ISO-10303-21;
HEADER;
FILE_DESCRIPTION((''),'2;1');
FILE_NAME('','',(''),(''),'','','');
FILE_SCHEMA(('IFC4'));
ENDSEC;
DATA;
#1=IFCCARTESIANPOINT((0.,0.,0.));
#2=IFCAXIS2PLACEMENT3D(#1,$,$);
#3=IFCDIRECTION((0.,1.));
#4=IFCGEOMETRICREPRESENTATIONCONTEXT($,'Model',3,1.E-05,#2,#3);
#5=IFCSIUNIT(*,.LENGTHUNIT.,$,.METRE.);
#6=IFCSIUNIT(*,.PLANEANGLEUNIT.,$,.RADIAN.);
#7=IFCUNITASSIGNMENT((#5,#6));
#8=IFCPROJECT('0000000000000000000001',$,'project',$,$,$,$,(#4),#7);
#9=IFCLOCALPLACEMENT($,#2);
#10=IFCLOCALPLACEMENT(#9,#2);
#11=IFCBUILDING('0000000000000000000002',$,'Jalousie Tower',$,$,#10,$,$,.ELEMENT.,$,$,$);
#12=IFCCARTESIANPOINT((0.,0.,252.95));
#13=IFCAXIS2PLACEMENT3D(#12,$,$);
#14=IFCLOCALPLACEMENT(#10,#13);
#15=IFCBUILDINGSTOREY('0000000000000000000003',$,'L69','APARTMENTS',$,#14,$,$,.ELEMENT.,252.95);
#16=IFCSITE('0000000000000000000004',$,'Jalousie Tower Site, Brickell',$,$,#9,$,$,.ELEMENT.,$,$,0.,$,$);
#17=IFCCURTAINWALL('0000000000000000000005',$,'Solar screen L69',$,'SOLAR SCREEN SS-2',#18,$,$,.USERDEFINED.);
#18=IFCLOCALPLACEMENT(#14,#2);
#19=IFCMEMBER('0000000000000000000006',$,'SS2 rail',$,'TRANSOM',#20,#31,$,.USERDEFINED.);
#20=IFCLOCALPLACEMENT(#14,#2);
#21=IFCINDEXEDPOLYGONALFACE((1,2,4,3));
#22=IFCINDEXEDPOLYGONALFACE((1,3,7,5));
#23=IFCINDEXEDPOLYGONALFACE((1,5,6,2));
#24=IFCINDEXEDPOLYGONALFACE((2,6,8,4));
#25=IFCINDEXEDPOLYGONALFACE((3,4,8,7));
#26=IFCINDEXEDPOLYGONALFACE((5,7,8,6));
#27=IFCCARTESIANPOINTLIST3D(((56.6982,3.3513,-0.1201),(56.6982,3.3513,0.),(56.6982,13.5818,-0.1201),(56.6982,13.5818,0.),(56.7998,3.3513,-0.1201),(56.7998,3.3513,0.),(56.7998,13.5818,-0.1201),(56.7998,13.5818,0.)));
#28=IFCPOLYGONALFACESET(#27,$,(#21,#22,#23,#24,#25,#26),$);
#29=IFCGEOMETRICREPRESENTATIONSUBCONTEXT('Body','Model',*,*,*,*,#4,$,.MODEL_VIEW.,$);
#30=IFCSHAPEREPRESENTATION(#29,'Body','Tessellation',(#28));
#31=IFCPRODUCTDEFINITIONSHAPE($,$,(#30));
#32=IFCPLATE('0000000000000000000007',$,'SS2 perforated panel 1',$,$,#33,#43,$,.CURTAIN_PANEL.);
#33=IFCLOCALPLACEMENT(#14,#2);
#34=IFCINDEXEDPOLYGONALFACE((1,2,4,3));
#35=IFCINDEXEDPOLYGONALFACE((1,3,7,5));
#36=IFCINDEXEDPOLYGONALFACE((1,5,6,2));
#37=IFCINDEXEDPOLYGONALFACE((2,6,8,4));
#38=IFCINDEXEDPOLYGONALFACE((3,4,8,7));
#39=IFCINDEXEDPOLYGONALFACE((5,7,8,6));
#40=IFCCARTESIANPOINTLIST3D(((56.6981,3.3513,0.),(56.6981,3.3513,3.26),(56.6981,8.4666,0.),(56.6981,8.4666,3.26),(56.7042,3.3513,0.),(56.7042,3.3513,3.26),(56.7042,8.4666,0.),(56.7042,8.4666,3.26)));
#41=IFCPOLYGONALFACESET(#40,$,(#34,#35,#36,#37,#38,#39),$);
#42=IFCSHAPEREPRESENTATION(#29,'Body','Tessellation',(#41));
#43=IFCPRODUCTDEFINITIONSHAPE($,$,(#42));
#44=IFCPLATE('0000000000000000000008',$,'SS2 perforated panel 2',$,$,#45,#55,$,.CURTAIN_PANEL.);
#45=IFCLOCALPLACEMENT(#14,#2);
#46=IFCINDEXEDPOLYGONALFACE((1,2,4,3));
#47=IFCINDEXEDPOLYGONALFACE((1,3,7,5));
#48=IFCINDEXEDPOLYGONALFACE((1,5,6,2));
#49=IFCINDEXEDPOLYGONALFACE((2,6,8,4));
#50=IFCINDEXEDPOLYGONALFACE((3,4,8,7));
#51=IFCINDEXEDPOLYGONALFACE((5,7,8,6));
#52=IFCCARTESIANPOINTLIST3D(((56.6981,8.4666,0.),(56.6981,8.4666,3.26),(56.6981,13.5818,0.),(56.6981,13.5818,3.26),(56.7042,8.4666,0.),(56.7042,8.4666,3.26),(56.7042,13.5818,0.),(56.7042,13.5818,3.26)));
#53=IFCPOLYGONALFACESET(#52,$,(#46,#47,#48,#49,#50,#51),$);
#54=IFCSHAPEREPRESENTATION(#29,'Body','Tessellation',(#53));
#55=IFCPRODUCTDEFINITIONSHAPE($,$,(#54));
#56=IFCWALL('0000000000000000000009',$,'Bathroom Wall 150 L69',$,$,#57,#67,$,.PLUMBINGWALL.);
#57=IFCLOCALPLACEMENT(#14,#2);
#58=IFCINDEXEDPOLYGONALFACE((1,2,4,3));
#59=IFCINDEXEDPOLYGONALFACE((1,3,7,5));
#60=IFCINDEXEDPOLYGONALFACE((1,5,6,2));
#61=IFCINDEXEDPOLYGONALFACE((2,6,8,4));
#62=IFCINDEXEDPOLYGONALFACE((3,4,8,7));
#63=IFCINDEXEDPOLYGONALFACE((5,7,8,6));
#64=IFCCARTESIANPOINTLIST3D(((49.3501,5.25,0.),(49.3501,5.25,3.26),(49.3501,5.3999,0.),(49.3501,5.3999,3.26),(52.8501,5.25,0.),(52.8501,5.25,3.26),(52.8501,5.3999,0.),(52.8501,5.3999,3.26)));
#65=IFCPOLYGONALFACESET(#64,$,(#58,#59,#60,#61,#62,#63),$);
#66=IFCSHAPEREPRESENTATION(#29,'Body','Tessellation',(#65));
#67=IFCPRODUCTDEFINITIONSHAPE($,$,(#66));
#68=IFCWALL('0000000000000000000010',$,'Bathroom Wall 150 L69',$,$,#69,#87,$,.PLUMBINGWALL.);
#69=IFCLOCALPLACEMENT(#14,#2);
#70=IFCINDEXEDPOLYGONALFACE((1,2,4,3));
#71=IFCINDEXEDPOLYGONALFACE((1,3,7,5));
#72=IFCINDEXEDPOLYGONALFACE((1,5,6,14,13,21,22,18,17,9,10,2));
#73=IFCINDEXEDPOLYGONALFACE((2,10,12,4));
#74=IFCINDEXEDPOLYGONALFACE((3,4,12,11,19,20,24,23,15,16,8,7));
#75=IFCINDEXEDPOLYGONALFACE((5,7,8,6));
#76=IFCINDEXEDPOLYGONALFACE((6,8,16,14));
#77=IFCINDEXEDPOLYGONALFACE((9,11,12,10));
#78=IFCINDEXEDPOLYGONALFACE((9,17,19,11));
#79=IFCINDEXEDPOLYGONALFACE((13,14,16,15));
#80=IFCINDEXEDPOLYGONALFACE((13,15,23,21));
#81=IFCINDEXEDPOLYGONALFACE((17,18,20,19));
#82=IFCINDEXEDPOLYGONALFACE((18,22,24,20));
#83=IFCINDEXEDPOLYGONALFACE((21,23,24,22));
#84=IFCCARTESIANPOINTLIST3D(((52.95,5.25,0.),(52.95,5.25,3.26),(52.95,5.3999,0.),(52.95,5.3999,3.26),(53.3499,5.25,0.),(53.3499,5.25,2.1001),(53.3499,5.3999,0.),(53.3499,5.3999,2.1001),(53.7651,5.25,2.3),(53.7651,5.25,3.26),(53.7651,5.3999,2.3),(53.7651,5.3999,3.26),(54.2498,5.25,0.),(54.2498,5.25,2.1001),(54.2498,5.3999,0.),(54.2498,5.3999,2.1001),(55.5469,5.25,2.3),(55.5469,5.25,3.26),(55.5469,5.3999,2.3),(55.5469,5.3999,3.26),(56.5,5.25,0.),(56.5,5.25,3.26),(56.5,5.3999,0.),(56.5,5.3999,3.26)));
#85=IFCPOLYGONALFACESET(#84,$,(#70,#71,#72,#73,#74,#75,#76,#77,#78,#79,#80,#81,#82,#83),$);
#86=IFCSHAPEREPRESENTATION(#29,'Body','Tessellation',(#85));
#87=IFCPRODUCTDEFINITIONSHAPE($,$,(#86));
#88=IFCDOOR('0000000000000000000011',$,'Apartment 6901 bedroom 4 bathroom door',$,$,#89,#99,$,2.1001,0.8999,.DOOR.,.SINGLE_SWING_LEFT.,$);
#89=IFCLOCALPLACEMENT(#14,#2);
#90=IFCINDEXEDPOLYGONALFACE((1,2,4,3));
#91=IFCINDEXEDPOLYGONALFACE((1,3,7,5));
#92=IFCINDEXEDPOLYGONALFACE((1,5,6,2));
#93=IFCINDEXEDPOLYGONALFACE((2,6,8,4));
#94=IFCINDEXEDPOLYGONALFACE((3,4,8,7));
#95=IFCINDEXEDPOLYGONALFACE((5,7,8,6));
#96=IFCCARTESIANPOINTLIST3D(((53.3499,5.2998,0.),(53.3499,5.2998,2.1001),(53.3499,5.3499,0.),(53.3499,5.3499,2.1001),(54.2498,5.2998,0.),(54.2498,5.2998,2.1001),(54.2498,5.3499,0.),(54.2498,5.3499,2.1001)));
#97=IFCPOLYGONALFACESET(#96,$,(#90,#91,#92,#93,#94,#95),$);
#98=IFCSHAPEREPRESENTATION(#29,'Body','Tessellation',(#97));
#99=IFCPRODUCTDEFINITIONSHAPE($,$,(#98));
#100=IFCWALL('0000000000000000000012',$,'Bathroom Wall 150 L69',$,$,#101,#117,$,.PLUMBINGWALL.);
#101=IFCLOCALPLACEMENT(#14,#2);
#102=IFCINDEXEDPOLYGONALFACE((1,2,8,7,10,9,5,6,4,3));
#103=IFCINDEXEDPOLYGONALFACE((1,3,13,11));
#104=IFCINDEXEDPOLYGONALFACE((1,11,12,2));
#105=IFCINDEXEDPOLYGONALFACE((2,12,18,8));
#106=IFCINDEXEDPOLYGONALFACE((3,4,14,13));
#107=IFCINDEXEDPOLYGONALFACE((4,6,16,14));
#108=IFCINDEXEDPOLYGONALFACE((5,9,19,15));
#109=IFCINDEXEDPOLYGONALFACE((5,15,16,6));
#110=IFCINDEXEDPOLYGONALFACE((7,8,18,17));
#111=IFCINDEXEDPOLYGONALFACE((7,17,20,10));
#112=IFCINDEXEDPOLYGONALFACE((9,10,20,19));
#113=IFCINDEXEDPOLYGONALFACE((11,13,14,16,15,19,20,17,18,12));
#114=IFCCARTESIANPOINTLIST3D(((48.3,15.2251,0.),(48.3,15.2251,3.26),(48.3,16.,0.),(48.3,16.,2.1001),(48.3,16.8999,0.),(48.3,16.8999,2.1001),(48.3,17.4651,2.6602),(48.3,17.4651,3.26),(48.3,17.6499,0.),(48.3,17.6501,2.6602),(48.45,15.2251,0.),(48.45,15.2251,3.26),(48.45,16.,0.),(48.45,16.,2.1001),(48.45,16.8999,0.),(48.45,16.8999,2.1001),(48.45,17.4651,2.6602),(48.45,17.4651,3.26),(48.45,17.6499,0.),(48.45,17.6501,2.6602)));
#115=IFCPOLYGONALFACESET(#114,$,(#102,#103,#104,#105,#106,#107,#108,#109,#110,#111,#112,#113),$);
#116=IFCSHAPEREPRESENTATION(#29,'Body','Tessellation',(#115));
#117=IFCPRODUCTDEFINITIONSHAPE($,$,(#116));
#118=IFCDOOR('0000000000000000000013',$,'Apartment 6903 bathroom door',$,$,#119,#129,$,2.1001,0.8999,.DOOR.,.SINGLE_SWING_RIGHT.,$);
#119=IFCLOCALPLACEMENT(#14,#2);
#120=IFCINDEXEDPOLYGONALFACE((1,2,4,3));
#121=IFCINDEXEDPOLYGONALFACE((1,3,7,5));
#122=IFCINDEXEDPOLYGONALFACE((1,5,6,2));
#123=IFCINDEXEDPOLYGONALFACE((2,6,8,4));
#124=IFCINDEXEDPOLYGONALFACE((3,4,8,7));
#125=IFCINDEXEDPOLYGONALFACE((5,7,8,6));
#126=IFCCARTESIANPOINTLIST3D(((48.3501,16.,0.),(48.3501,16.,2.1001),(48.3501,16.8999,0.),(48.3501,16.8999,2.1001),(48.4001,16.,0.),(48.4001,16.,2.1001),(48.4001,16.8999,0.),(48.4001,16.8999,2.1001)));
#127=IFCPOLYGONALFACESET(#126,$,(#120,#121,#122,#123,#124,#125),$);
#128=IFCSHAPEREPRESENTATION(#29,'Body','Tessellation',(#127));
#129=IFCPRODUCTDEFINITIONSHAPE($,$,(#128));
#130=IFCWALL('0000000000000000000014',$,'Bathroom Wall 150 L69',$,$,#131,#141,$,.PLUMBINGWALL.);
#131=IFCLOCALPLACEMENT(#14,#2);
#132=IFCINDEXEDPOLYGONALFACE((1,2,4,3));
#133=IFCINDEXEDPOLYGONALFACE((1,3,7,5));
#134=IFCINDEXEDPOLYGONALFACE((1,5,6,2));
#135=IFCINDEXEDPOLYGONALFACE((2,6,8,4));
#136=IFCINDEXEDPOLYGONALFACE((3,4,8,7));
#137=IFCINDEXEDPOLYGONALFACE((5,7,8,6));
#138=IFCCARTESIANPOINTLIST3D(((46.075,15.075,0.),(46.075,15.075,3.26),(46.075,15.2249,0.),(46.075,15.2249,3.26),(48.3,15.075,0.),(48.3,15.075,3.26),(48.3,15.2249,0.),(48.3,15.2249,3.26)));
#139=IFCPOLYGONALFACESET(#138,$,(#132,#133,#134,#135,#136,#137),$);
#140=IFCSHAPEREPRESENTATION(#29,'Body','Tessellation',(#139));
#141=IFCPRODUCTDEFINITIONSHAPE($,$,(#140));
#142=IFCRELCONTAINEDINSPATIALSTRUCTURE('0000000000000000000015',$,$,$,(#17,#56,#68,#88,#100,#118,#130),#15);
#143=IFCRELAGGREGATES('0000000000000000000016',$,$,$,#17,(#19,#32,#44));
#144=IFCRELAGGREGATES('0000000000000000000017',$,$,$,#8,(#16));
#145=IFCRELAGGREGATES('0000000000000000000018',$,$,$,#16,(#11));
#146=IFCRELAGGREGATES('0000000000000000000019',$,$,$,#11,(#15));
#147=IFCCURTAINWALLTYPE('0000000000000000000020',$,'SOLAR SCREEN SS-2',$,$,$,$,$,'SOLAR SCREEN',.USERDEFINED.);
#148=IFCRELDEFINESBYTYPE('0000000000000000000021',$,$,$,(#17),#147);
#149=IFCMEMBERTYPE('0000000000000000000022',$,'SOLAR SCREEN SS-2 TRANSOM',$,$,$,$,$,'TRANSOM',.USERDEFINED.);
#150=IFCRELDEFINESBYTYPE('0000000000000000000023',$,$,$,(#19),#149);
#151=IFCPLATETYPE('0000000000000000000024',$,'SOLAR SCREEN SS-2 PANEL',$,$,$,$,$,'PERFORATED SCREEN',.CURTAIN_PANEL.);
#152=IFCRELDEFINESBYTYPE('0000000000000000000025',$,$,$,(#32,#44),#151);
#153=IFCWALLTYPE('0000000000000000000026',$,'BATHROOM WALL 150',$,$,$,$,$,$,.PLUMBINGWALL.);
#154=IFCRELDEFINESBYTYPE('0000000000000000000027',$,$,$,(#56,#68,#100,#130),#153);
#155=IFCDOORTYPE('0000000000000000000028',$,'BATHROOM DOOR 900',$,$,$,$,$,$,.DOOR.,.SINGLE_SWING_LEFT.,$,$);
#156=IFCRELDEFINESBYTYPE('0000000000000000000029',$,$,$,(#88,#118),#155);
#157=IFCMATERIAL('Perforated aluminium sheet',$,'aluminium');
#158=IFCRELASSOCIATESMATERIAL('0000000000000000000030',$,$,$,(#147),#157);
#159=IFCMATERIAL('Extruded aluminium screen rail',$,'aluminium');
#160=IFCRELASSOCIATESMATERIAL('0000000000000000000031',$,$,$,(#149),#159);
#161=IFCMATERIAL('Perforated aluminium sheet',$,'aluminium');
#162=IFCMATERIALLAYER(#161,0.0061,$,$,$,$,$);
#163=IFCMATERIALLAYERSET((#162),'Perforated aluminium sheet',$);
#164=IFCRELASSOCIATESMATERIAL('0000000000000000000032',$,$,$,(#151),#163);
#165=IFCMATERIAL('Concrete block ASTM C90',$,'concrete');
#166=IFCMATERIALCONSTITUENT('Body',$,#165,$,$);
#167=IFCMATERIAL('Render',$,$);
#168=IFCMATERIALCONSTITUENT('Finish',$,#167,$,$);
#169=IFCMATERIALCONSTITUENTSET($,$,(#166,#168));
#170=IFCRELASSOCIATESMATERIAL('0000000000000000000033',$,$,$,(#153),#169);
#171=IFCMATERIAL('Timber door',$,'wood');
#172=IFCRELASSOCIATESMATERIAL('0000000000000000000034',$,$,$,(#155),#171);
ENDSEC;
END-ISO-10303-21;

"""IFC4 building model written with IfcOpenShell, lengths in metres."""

from ifc_helpers import new_model, si_unit, direction, frame, frame_2d, origin, origin_2d, place, context, subcontext, project, spatial, polyline, rectangle, outline, extrude, material, layer, layer_set, constituent, constituent_set, material_profile, profile_set, type_object, element, fill, aggregate, save


model = new_model("IFC4")

# Units and contexts
model_context = context("Model", 3, precision=1e-05, world=origin(), true_north=direction((0.0, 1.0)))
body_context = subcontext(model_context, "Body", "Model", "MODEL_VIEW")
ifc_project = project(units=[si_unit("LENGTHUNIT", "METRE"), si_unit("PLANEANGLEUNIT", "RADIAN")], contexts=[model_context])

# Site, building, storey
site_placement = place(None, origin())
site = spatial("IfcSite", under=ifc_project, at=site_placement, Name="Jalousie Tower Site, Brickell", CompositionType="ELEMENT", RefElevation=0.0)
building_placement = place(site_placement, origin())
building = spatial("IfcBuilding", under=site, at=building_placement, Name="Jalousie Tower", CompositionType="ELEMENT")
storey_placement = place(building_placement, frame((0.0, 0.0, 252.95)))
storey = spatial("IfcBuildingStorey", under=building, at=storey_placement, Name="L69", Description="APARTMENTS", CompositionType="ELEMENT", Elevation=252.95)

# Curtain wall, member, plates
ifc_material_1 = material(Name="Perforated aluminium sheet", Category="aluminium")
curtain_wall_type_1 = type_object("IfcCurtainWallType", Name="SOLAR SCREEN SS-2", ElementType="SOLAR SCREEN", PredefinedType="USERDEFINED", material=ifc_material_1)
curtain_wall_1_placement = place(storey_placement, origin())
curtain_wall_1 = element("IfcCurtainWall", 1, at=curtain_wall_1_placement, inside=storey, type_object=curtain_wall_type_1, Name="Solar screen L69", ObjectType="SOLAR SCREEN SS-2", PredefinedType="USERDEFINED")
ifc_material_2 = material(Name="Extruded aluminium screen rail", Category="aluminium")
ifc_material_profile_1 = material_profile(ifc_material_2, rectangle(XDim=0.1016, YDim=0.1201, at=origin_2d()), Name="RAIL 102x120")
ifc_profile_set_1 = profile_set([ifc_material_profile_1], Name="Extruded aluminium screen rail")
member_type_1 = type_object("IfcMemberType", Name="SOLAR SCREEN SS-2 TRANSOM", ElementType="TRANSOM", PredefinedType="USERDEFINED", material=ifc_profile_set_1)
member_1_placement = place(storey_placement, frame((56.749, 3.3513, -0.0601), z_axis=(0.0, 1.0, 0.0), x_axis=(-1.0, 0.0, 0.0)))
member_1 = element("IfcMember", 2, at=member_1_placement, type_object=member_type_1, Name="SS2 rail", ObjectType="TRANSOM", PredefinedType="USERDEFINED", context=body_context, shape_type="SweptSolid", body=[
    extrude(rectangle(XDim=0.1016, YDim=0.1201, at=origin_2d()), origin(), (0.0, 0.0, 1.0), 10.2305),
])
ifc_material_3 = material(Name="Perforated aluminium sheet", Category="aluminium")
ifc_layer = layer(ifc_material_3, 0.0061)
ifc_layer_set = layer_set([ifc_layer], Name="Perforated aluminium sheet")
plate_type = type_object("IfcPlateType", Name="SOLAR SCREEN SS-2 PANEL", ElementType="PERFORATED SCREEN", PredefinedType="CURTAIN_PANEL", material=ifc_layer_set)
plate_1_placement = place(storey_placement, frame((56.7012, 5.9089, 0.0), z_axis=(0.0, 0.0, 1.0), x_axis=(0.0, 1.0, 0.0)))
plate_1 = element("IfcPlate", 3, at=plate_1_placement, type_object=plate_type, Name="SS2 perforated panel 1", PredefinedType="CURTAIN_PANEL", context=body_context, shape_type="SweptSolid", body=[
    extrude(rectangle(XDim=5.1152, YDim=0.0061, at=origin_2d()), origin(), (0.0, 0.0, 1.0), 3.26),
])
plate_2_placement = place(storey_placement, frame((56.7012, 11.0242, 0.0), z_axis=(0.0, 0.0, 1.0), x_axis=(0.0, 1.0, 0.0)))
plate_2 = element("IfcPlate", 4, at=plate_2_placement, type_object=plate_type, Name="SS2 perforated panel 2", PredefinedType="CURTAIN_PANEL", context=body_context, shape_type="SweptSolid", body=[
    extrude(rectangle(XDim=5.1152, YDim=0.0061, at=origin_2d()), origin(), (0.0, 0.0, 1.0), 3.26),
])
aggregate(curtain_wall_1, [member_1, plate_1, plate_2])

# Wall
ifc_material_4 = material(Name="Concrete block ASTM C90", Category="concrete")
ifc_constituent_1 = constituent(ifc_material_4, Name="Body")
ifc_material_5 = material(Name="Render")
ifc_constituent_2 = constituent(ifc_material_5, Name="Finish")
ifc_constituent_set_1 = constituent_set(constituents=[ifc_constituent_1, ifc_constituent_2])
wall_type_1 = type_object("IfcWallType", Name="BATHROOM WALL 150", PredefinedType="PLUMBINGWALL", material=ifc_constituent_set_1)
wall_1_placement = place(storey_placement, frame((49.3501, 5.325, 0.0), z_axis=(0.0, 0.0, 1.0), x_axis=(1.0, 0.0, 0.0)))
element("IfcWall", 5, at=wall_1_placement, inside=storey, type_object=wall_type_1, Name="Bathroom Wall 150 L69", PredefinedType="PLUMBINGWALL", context=body_context, shape_type="SweptSolid", body=[
    extrude(rectangle(XDim=3.5, YDim=0.1499, at=frame_2d((1.75, 0.0))), origin(), (0.0, 0.0, 1.0), 3.26),
])

# Walls, openings, doors
wall_2_placement = place(storey_placement, frame((52.95, 5.325, 0.0), z_axis=(0.0, 0.0, 1.0), x_axis=(1.0, 0.0, 0.0)))
wall_2 = element("IfcWall", 6, at=wall_2_placement, inside=storey, type_object=wall_type_1, Name="Bathroom Wall 150 L69", PredefinedType="PLUMBINGWALL", context=body_context, shape_type="SweptSolid", body=[
    extrude(outline(polyline([(0.0, 0.0), (3.55, 0.0), (3.55, 3.26), (2.5969, 3.26), (2.5969, 2.3), (0.8152, 2.3), (0.8152, 3.26), (0.0, 3.26), (0.0, 0.0)])), frame((0.0, 0.075, 0.0), z_axis=(0.0, -1.0, 0.0), x_axis=(1.0, 0.0, 0.0)), (0.0, 0.0, 1.0), 0.1499),
])
opening_1_placement = place(wall_2_placement, frame((0.3999, 0.0, 0.0)))
opening_1 = element("IfcOpeningElement", 7, at=opening_1_placement, cuts=wall_2, PredefinedType="OPENING", context=body_context, shape_type="SweptSolid", body=[
    extrude(rectangle(XDim=0.8999, YDim=2.1001, at=frame_2d((0.45, 1.05))), frame((0.0, 0.085, 0.0), z_axis=(0.0, -1.0, 0.0), x_axis=(1.0, 0.0, 0.0)), (0.0, 0.0, 1.0), 0.1699),
])
ifc_material_6 = material(Name="Timber door", Category="wood")
door_type_1 = type_object("IfcDoorType", Name="BATHROOM DOOR 900", OperationType="SINGLE_SWING_LEFT", PredefinedType="DOOR", material=ifc_material_6)
door_1_placement = place(opening_1_placement, origin())
door_1 = element("IfcDoor", 8, at=door_1_placement, inside=storey, type_object=door_type_1, Name="Apartment 6901 bedroom 4 bathroom door", OperationType="SINGLE_SWING_LEFT", OverallHeight=2.1001, OverallWidth=0.8999, PredefinedType="DOOR", context=body_context, shape_type="SweptSolid", body=[
    extrude(rectangle(XDim=0.8999, YDim=2.1001, at=frame_2d((0.45, 1.05))), frame((0.0, 0.0249, 0.0), z_axis=(0.0, -1.0, 0.0), x_axis=(1.0, 0.0, 0.0)), (0.0, 0.0, 1.0), 0.05),
])
fill(opening_1, door_1)
wall_3_placement = place(storey_placement, frame((48.375, 15.2251, 0.0), z_axis=(0.0, 0.0, 1.0), x_axis=(0.0, 1.0, 0.0)))
wall_3 = element("IfcWall", 9, at=wall_3_placement, inside=storey, type_object=wall_type_1, Name="Bathroom Wall 150 L69", PredefinedType="PLUMBINGWALL", context=body_context, shape_type="SweptSolid", body=[
    extrude(outline(polyline([(0.0, 0.0), (2.4248, 0.0), (2.425, 3.26), (2.425, 2.6602), (2.24, 2.6602), (2.24, 3.26), (0.0, 3.26), (0.0, 0.0)])), frame((0.0, 0.075, 0.0), z_axis=(0.0, -1.0, 0.0), x_axis=(1.0, 0.0, 0.0)), (0.0, 0.0, 1.0), 0.1499),
])
opening_2_placement = place(wall_3_placement, frame((0.7749, 0.0, 0.0)))
opening_2 = element("IfcOpeningElement", 10, at=opening_2_placement, cuts=wall_3, PredefinedType="OPENING", context=body_context, shape_type="SweptSolid", body=[
    extrude(rectangle(XDim=0.8999, YDim=2.1001, at=frame_2d((0.45, 1.05))), frame((0.0, 0.085, 0.0), z_axis=(0.0, -1.0, 0.0), x_axis=(1.0, 0.0, 0.0)), (0.0, 0.0, 1.0), 0.1699),
])
door_2_placement = place(opening_2_placement, origin())
door_2 = element("IfcDoor", 11, at=door_2_placement, inside=storey, type_object=door_type_1, Name="Apartment 6903 bathroom door", OperationType="SINGLE_SWING_RIGHT", OverallHeight=2.1001, OverallWidth=0.8999, PredefinedType="DOOR", context=body_context, shape_type="SweptSolid", body=[
    extrude(rectangle(XDim=0.8999, YDim=2.1001, at=frame_2d((0.45, 1.05))), frame((0.0, 0.0249, 0.0), z_axis=(0.0, -1.0, 0.0), x_axis=(1.0, 0.0, 0.0)), (0.0, 0.0, 1.0), 0.05),
])
fill(opening_2, door_2)

# Wall
wall_4_placement = place(storey_placement, frame((48.3, 15.1499, 0.0), z_axis=(0.0, 0.0, 1.0), x_axis=(-1.0, 0.0, 0.0)))
element("IfcWall", 12, at=wall_4_placement, inside=storey, type_object=wall_type_1, Name="Bathroom Wall 150 L69", PredefinedType="PLUMBINGWALL", context=body_context, shape_type="SweptSolid", body=[
    extrude(rectangle(XDim=2.2251, YDim=0.1499, at=frame_2d((1.1125, 0.0))), origin(), (0.0, 0.0, 1.0), 3.26),
])

save(model, "model.ifc")
